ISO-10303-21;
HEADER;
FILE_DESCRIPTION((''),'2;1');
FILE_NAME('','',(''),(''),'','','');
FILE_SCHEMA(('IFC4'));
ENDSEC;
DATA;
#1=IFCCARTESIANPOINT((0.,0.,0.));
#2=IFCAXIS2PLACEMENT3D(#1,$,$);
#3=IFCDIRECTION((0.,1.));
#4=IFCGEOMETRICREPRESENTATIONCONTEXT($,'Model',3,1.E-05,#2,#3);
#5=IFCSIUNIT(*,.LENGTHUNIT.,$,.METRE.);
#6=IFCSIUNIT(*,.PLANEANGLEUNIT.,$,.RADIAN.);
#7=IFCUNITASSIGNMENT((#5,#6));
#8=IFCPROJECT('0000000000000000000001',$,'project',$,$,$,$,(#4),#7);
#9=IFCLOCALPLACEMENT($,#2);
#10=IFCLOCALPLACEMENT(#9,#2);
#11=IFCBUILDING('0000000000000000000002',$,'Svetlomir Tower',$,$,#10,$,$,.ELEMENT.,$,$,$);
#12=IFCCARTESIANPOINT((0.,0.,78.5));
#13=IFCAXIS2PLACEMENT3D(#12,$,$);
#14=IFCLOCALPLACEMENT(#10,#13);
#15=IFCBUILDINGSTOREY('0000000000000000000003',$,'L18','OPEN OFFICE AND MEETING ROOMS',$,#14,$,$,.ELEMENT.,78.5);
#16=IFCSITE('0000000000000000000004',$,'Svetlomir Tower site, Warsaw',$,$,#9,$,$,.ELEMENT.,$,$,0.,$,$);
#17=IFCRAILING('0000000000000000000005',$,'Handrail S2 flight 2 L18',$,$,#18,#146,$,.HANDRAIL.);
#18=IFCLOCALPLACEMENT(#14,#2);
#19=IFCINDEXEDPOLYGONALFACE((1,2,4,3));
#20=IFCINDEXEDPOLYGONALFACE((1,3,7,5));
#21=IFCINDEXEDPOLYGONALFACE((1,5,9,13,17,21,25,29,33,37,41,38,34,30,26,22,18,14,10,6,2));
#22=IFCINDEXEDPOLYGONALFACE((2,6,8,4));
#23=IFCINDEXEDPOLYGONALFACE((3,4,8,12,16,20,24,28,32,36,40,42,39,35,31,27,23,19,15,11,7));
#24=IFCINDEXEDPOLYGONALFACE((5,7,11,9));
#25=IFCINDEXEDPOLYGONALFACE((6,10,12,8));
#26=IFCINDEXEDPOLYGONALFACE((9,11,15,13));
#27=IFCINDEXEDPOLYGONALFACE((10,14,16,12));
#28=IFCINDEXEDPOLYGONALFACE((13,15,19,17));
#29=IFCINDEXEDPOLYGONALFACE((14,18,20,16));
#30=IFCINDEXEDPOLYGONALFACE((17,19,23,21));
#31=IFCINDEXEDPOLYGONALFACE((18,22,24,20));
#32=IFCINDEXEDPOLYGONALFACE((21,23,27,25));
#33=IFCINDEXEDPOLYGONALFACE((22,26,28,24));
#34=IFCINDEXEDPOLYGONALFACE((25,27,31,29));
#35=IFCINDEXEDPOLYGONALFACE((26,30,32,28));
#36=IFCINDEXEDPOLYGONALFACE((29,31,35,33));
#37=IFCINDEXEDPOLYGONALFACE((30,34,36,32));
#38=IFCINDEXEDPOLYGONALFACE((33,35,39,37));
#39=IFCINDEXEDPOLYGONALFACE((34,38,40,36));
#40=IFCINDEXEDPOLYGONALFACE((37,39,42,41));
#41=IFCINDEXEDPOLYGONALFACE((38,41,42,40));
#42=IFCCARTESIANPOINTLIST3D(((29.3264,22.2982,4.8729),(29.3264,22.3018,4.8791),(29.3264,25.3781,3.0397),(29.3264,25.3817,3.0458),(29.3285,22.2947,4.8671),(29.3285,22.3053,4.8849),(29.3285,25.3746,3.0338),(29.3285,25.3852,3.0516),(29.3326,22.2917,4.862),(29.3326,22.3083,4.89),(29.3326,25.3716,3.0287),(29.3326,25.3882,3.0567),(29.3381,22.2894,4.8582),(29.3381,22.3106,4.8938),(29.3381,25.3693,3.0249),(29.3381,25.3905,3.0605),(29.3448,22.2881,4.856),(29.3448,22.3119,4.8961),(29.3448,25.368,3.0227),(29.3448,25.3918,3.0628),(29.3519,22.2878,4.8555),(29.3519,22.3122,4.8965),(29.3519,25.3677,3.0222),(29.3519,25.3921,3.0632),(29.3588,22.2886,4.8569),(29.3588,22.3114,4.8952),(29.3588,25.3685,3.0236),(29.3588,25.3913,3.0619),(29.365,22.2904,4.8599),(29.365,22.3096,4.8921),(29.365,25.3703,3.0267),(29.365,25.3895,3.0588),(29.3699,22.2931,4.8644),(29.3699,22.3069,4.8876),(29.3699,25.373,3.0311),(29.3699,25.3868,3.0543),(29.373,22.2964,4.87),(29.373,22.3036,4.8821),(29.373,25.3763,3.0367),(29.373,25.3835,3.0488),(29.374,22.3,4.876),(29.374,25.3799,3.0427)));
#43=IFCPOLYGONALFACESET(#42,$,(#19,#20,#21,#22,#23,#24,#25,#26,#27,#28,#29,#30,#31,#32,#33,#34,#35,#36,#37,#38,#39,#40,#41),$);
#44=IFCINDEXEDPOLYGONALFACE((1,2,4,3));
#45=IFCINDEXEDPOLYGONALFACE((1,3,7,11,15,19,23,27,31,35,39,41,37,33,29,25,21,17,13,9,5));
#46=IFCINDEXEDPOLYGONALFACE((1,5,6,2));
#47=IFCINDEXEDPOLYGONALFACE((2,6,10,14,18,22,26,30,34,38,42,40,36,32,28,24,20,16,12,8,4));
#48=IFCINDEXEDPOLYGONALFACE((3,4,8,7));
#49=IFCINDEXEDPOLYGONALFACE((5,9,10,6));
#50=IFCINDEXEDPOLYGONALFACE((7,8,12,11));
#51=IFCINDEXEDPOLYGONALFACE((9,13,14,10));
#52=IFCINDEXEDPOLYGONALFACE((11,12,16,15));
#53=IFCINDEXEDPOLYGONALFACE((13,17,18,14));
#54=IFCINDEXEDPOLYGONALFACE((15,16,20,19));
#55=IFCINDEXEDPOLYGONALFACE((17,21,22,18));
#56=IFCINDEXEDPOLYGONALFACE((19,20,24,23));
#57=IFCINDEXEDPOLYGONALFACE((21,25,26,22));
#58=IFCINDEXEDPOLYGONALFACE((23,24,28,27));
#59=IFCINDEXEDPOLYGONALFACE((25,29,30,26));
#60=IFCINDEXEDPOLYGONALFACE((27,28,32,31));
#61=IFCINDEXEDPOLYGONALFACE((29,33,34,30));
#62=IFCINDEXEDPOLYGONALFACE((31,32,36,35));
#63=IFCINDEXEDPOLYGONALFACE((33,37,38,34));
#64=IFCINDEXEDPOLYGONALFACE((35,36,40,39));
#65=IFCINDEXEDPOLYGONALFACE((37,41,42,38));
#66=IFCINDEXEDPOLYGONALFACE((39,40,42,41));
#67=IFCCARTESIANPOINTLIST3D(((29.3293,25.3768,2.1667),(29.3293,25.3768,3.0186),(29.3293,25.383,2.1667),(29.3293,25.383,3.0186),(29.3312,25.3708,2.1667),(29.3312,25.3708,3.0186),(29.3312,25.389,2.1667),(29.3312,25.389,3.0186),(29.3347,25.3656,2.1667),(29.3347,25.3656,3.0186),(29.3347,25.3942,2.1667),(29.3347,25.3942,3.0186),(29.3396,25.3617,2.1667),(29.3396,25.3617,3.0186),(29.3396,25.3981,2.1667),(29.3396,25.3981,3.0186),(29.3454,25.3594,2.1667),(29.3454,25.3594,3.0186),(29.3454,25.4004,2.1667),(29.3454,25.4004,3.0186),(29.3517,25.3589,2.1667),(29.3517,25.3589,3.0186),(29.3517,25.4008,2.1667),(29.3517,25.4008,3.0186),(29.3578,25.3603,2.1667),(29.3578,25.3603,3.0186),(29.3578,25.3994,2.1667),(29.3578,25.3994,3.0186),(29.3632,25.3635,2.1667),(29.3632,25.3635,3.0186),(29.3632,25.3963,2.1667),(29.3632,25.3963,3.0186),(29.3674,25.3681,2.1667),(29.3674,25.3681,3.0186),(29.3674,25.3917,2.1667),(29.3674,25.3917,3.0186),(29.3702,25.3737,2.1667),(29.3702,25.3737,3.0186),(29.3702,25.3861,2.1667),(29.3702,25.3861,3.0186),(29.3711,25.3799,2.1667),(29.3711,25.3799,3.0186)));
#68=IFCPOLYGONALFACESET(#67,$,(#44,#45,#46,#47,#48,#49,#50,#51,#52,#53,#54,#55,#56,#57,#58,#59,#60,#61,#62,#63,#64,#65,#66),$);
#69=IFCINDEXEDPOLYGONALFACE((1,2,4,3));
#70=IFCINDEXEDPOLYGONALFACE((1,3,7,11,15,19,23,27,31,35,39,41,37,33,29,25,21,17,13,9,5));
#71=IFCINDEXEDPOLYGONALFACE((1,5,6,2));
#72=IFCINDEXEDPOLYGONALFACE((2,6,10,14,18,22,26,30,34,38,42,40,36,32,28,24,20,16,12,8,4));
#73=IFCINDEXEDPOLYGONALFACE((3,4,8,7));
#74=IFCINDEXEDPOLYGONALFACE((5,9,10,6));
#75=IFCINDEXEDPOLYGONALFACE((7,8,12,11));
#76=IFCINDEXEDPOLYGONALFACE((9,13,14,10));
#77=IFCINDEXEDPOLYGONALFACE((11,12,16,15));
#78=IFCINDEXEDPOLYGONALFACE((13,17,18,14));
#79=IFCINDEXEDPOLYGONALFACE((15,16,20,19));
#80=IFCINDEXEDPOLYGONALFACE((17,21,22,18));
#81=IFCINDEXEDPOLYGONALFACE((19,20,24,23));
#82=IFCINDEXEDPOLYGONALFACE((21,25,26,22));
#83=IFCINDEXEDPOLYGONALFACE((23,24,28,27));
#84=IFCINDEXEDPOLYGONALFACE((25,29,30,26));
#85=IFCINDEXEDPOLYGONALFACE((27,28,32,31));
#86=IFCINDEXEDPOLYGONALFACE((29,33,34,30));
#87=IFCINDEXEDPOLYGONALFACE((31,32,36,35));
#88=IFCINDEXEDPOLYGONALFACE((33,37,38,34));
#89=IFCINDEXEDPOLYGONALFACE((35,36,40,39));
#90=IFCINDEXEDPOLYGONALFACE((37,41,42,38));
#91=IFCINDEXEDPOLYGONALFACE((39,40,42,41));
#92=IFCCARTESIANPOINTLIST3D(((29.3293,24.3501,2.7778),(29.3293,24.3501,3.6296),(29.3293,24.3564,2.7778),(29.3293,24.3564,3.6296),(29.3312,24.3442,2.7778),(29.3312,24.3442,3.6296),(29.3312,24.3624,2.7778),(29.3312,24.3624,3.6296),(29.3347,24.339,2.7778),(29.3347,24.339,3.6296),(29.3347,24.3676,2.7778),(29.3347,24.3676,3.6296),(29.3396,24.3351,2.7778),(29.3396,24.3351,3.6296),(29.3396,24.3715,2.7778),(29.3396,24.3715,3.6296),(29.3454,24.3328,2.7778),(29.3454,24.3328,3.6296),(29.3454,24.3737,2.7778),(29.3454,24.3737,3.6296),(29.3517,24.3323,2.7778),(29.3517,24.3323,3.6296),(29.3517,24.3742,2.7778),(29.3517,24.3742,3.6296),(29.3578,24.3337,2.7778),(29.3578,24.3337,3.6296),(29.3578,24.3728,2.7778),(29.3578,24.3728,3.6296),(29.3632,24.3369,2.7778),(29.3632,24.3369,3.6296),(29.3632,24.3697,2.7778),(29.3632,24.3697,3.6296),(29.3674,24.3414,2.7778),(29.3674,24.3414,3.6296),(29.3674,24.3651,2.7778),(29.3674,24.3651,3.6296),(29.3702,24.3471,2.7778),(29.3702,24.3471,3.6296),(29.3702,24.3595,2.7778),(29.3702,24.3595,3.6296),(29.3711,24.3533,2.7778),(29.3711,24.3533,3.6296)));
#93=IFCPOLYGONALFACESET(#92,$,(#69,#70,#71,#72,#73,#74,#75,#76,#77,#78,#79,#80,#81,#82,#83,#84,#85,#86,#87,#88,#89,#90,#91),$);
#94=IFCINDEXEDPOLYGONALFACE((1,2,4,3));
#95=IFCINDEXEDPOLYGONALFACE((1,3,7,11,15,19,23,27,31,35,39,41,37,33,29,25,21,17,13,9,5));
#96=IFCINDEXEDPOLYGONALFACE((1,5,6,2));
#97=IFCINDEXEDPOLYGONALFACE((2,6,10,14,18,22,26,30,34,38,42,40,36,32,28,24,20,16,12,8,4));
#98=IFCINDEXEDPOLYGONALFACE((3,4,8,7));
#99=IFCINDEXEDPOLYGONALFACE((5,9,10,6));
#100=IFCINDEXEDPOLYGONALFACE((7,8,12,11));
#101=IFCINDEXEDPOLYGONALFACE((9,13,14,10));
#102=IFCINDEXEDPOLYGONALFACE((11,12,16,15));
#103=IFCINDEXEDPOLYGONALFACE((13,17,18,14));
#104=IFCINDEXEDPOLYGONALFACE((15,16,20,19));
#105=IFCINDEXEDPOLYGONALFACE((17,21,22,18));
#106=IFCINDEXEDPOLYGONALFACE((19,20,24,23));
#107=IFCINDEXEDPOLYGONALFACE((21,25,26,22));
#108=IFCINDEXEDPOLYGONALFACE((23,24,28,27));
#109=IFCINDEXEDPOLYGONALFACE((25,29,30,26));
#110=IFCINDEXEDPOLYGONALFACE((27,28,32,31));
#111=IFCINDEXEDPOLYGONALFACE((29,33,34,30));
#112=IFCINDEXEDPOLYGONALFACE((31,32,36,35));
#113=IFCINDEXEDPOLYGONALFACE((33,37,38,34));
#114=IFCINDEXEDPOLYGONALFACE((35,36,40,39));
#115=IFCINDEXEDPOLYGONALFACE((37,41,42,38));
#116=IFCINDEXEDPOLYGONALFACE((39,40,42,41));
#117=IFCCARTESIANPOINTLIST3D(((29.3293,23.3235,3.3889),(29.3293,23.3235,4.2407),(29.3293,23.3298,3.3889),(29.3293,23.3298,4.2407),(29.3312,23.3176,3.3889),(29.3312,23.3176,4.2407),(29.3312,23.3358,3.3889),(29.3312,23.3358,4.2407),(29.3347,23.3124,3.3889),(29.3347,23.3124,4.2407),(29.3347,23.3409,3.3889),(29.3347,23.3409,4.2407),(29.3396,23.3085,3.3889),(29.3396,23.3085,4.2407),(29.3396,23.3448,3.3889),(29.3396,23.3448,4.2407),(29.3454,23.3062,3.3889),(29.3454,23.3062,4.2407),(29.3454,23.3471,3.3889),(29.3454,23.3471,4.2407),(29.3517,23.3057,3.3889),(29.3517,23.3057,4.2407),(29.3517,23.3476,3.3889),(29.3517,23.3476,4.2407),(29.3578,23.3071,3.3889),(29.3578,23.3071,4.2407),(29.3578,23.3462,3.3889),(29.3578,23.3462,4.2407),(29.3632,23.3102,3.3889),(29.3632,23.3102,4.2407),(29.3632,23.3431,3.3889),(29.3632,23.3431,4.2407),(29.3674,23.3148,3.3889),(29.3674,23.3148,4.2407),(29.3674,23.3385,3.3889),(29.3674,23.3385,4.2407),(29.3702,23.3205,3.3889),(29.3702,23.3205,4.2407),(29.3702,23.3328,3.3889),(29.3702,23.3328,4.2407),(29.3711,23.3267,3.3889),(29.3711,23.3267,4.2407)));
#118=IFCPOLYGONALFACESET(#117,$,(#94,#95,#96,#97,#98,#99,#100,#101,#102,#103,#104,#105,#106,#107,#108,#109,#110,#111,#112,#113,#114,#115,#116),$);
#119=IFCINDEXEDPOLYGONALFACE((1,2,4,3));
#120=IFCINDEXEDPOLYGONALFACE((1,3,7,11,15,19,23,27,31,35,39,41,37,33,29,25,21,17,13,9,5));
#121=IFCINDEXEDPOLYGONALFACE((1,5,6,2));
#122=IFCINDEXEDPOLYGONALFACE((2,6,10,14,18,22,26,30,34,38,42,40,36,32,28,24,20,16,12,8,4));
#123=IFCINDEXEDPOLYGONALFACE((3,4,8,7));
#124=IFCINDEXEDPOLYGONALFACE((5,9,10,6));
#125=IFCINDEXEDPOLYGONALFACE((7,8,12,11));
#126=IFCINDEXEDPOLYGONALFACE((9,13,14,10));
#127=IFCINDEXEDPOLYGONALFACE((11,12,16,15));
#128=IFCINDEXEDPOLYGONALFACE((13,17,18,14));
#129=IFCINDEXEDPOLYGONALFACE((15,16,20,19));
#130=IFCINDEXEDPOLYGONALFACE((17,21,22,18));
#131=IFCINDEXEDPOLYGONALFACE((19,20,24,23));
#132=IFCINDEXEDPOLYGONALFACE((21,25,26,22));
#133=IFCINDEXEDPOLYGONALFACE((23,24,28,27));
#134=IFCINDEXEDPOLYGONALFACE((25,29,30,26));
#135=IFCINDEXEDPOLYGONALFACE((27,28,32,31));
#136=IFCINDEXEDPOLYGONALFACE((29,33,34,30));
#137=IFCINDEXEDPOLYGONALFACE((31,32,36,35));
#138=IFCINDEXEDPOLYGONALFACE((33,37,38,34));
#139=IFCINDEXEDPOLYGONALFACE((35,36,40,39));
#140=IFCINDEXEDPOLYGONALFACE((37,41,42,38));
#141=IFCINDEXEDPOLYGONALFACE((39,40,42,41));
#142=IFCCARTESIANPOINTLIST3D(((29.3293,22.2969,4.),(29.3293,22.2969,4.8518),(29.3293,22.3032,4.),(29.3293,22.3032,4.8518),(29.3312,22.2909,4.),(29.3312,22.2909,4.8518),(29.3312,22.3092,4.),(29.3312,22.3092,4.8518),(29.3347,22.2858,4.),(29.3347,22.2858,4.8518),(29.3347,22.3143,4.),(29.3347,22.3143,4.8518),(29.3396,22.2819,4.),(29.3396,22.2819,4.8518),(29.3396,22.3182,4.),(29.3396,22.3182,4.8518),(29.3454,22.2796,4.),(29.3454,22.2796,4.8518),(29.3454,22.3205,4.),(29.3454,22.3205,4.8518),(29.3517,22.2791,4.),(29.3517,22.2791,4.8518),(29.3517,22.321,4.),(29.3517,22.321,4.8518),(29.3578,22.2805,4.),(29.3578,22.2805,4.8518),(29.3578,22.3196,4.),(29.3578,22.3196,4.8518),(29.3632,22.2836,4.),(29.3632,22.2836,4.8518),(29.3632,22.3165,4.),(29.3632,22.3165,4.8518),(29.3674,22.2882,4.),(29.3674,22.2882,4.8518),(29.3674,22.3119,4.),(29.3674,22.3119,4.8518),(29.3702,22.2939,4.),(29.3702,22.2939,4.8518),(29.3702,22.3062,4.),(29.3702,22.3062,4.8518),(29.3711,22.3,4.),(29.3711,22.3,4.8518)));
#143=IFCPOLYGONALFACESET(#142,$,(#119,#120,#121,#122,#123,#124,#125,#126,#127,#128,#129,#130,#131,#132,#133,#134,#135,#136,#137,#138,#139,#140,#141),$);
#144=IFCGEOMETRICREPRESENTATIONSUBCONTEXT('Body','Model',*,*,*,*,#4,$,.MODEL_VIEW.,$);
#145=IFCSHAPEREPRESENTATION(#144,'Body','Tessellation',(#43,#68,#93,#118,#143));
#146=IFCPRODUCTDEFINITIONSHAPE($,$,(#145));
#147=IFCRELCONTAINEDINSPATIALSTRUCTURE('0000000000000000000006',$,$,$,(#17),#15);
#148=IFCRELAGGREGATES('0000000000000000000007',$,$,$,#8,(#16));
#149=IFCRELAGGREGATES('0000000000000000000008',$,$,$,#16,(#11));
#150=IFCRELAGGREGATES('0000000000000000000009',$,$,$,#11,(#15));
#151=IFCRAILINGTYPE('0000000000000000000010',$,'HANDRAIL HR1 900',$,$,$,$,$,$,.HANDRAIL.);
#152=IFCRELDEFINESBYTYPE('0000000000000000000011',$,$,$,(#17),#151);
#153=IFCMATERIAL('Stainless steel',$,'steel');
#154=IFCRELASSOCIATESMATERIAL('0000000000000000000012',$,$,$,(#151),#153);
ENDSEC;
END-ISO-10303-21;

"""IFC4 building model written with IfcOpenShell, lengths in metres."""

from ifc_helpers import new_model, si_unit, direction, frame, origin, origin_2d, place, context, subcontext, project, spatial, circle, extrude, material, type_object, element, save


model = new_model("IFC4")

# Units and contexts
model_context = context("Model", 3, precision=1e-05, world=origin(), true_north=direction((0.0, 1.0)))
body_context = subcontext(model_context, "Body", "Model", "MODEL_VIEW")
ifc_project = project(units=[si_unit("LENGTHUNIT", "METRE"), si_unit("PLANEANGLEUNIT", "RADIAN")], contexts=[model_context])

# Site, building, storey
site_placement = place(None, origin())
site = spatial("IfcSite", under=ifc_project, at=site_placement, Name="Svetlomir Tower site, Warsaw", CompositionType="ELEMENT", RefElevation=0.0)
building_placement = place(site_placement, origin())
building = spatial("IfcBuilding", under=site, at=building_placement, Name="Svetlomir Tower", CompositionType="ELEMENT")
storey_placement = place(building_placement, frame((0.0, 0.0, 78.5)))
storey = spatial("IfcBuildingStorey", under=building, at=storey_placement, Name="L18", Description="OPEN OFFICE AND MEETING ROOMS", CompositionType="ELEMENT", Elevation=78.5)

# Railing
ifc_material_1 = material(Name="Stainless steel", Category="steel")
railing_type = type_object("IfcRailingType", Name="HANDRAIL HR1 900", PredefinedType="HANDRAIL", material=ifc_material_1)
railing_1_placement = place(storey_placement, frame((29.3501, 25.3799, 2.1667)))
element("IfcRailing", 1, at=railing_1_placement, inside=storey, type_object=railing_type, Name="Handrail S2 flight 2 L18", PredefinedType="HANDRAIL", context=body_context, shape_type="SweptSolid", body=[
    extrude(circle(Radius=0.0239, at=origin_2d()), frame((0.0, 0.0, 0.876), z_axis=(0.0, -0.859291, 0.511487), x_axis=(1.0, 0.0, 0.0)), (0.0, 0.0, 1.0), 3.5842),
    extrude(circle(Radius=0.021, at=origin_2d()), origin(), (0.0, 0.0, 1.0), 0.8518),
    extrude(circle(Radius=0.021, at=origin_2d()), frame((0.0, -1.0266, 0.6111)), (0.0, 0.0, 1.0), 0.8518),
    extrude(circle(Radius=0.021, at=origin_2d()), frame((0.0, -2.0532, 1.2222)), (0.0, 0.0, 1.0), 0.8518),
    extrude(circle(Radius=0.021, at=origin_2d()), frame((0.0, -3.0798, 1.8333)), (0.0, 0.0, 1.0), 0.8518),
])

save(model, "model.ifc")
